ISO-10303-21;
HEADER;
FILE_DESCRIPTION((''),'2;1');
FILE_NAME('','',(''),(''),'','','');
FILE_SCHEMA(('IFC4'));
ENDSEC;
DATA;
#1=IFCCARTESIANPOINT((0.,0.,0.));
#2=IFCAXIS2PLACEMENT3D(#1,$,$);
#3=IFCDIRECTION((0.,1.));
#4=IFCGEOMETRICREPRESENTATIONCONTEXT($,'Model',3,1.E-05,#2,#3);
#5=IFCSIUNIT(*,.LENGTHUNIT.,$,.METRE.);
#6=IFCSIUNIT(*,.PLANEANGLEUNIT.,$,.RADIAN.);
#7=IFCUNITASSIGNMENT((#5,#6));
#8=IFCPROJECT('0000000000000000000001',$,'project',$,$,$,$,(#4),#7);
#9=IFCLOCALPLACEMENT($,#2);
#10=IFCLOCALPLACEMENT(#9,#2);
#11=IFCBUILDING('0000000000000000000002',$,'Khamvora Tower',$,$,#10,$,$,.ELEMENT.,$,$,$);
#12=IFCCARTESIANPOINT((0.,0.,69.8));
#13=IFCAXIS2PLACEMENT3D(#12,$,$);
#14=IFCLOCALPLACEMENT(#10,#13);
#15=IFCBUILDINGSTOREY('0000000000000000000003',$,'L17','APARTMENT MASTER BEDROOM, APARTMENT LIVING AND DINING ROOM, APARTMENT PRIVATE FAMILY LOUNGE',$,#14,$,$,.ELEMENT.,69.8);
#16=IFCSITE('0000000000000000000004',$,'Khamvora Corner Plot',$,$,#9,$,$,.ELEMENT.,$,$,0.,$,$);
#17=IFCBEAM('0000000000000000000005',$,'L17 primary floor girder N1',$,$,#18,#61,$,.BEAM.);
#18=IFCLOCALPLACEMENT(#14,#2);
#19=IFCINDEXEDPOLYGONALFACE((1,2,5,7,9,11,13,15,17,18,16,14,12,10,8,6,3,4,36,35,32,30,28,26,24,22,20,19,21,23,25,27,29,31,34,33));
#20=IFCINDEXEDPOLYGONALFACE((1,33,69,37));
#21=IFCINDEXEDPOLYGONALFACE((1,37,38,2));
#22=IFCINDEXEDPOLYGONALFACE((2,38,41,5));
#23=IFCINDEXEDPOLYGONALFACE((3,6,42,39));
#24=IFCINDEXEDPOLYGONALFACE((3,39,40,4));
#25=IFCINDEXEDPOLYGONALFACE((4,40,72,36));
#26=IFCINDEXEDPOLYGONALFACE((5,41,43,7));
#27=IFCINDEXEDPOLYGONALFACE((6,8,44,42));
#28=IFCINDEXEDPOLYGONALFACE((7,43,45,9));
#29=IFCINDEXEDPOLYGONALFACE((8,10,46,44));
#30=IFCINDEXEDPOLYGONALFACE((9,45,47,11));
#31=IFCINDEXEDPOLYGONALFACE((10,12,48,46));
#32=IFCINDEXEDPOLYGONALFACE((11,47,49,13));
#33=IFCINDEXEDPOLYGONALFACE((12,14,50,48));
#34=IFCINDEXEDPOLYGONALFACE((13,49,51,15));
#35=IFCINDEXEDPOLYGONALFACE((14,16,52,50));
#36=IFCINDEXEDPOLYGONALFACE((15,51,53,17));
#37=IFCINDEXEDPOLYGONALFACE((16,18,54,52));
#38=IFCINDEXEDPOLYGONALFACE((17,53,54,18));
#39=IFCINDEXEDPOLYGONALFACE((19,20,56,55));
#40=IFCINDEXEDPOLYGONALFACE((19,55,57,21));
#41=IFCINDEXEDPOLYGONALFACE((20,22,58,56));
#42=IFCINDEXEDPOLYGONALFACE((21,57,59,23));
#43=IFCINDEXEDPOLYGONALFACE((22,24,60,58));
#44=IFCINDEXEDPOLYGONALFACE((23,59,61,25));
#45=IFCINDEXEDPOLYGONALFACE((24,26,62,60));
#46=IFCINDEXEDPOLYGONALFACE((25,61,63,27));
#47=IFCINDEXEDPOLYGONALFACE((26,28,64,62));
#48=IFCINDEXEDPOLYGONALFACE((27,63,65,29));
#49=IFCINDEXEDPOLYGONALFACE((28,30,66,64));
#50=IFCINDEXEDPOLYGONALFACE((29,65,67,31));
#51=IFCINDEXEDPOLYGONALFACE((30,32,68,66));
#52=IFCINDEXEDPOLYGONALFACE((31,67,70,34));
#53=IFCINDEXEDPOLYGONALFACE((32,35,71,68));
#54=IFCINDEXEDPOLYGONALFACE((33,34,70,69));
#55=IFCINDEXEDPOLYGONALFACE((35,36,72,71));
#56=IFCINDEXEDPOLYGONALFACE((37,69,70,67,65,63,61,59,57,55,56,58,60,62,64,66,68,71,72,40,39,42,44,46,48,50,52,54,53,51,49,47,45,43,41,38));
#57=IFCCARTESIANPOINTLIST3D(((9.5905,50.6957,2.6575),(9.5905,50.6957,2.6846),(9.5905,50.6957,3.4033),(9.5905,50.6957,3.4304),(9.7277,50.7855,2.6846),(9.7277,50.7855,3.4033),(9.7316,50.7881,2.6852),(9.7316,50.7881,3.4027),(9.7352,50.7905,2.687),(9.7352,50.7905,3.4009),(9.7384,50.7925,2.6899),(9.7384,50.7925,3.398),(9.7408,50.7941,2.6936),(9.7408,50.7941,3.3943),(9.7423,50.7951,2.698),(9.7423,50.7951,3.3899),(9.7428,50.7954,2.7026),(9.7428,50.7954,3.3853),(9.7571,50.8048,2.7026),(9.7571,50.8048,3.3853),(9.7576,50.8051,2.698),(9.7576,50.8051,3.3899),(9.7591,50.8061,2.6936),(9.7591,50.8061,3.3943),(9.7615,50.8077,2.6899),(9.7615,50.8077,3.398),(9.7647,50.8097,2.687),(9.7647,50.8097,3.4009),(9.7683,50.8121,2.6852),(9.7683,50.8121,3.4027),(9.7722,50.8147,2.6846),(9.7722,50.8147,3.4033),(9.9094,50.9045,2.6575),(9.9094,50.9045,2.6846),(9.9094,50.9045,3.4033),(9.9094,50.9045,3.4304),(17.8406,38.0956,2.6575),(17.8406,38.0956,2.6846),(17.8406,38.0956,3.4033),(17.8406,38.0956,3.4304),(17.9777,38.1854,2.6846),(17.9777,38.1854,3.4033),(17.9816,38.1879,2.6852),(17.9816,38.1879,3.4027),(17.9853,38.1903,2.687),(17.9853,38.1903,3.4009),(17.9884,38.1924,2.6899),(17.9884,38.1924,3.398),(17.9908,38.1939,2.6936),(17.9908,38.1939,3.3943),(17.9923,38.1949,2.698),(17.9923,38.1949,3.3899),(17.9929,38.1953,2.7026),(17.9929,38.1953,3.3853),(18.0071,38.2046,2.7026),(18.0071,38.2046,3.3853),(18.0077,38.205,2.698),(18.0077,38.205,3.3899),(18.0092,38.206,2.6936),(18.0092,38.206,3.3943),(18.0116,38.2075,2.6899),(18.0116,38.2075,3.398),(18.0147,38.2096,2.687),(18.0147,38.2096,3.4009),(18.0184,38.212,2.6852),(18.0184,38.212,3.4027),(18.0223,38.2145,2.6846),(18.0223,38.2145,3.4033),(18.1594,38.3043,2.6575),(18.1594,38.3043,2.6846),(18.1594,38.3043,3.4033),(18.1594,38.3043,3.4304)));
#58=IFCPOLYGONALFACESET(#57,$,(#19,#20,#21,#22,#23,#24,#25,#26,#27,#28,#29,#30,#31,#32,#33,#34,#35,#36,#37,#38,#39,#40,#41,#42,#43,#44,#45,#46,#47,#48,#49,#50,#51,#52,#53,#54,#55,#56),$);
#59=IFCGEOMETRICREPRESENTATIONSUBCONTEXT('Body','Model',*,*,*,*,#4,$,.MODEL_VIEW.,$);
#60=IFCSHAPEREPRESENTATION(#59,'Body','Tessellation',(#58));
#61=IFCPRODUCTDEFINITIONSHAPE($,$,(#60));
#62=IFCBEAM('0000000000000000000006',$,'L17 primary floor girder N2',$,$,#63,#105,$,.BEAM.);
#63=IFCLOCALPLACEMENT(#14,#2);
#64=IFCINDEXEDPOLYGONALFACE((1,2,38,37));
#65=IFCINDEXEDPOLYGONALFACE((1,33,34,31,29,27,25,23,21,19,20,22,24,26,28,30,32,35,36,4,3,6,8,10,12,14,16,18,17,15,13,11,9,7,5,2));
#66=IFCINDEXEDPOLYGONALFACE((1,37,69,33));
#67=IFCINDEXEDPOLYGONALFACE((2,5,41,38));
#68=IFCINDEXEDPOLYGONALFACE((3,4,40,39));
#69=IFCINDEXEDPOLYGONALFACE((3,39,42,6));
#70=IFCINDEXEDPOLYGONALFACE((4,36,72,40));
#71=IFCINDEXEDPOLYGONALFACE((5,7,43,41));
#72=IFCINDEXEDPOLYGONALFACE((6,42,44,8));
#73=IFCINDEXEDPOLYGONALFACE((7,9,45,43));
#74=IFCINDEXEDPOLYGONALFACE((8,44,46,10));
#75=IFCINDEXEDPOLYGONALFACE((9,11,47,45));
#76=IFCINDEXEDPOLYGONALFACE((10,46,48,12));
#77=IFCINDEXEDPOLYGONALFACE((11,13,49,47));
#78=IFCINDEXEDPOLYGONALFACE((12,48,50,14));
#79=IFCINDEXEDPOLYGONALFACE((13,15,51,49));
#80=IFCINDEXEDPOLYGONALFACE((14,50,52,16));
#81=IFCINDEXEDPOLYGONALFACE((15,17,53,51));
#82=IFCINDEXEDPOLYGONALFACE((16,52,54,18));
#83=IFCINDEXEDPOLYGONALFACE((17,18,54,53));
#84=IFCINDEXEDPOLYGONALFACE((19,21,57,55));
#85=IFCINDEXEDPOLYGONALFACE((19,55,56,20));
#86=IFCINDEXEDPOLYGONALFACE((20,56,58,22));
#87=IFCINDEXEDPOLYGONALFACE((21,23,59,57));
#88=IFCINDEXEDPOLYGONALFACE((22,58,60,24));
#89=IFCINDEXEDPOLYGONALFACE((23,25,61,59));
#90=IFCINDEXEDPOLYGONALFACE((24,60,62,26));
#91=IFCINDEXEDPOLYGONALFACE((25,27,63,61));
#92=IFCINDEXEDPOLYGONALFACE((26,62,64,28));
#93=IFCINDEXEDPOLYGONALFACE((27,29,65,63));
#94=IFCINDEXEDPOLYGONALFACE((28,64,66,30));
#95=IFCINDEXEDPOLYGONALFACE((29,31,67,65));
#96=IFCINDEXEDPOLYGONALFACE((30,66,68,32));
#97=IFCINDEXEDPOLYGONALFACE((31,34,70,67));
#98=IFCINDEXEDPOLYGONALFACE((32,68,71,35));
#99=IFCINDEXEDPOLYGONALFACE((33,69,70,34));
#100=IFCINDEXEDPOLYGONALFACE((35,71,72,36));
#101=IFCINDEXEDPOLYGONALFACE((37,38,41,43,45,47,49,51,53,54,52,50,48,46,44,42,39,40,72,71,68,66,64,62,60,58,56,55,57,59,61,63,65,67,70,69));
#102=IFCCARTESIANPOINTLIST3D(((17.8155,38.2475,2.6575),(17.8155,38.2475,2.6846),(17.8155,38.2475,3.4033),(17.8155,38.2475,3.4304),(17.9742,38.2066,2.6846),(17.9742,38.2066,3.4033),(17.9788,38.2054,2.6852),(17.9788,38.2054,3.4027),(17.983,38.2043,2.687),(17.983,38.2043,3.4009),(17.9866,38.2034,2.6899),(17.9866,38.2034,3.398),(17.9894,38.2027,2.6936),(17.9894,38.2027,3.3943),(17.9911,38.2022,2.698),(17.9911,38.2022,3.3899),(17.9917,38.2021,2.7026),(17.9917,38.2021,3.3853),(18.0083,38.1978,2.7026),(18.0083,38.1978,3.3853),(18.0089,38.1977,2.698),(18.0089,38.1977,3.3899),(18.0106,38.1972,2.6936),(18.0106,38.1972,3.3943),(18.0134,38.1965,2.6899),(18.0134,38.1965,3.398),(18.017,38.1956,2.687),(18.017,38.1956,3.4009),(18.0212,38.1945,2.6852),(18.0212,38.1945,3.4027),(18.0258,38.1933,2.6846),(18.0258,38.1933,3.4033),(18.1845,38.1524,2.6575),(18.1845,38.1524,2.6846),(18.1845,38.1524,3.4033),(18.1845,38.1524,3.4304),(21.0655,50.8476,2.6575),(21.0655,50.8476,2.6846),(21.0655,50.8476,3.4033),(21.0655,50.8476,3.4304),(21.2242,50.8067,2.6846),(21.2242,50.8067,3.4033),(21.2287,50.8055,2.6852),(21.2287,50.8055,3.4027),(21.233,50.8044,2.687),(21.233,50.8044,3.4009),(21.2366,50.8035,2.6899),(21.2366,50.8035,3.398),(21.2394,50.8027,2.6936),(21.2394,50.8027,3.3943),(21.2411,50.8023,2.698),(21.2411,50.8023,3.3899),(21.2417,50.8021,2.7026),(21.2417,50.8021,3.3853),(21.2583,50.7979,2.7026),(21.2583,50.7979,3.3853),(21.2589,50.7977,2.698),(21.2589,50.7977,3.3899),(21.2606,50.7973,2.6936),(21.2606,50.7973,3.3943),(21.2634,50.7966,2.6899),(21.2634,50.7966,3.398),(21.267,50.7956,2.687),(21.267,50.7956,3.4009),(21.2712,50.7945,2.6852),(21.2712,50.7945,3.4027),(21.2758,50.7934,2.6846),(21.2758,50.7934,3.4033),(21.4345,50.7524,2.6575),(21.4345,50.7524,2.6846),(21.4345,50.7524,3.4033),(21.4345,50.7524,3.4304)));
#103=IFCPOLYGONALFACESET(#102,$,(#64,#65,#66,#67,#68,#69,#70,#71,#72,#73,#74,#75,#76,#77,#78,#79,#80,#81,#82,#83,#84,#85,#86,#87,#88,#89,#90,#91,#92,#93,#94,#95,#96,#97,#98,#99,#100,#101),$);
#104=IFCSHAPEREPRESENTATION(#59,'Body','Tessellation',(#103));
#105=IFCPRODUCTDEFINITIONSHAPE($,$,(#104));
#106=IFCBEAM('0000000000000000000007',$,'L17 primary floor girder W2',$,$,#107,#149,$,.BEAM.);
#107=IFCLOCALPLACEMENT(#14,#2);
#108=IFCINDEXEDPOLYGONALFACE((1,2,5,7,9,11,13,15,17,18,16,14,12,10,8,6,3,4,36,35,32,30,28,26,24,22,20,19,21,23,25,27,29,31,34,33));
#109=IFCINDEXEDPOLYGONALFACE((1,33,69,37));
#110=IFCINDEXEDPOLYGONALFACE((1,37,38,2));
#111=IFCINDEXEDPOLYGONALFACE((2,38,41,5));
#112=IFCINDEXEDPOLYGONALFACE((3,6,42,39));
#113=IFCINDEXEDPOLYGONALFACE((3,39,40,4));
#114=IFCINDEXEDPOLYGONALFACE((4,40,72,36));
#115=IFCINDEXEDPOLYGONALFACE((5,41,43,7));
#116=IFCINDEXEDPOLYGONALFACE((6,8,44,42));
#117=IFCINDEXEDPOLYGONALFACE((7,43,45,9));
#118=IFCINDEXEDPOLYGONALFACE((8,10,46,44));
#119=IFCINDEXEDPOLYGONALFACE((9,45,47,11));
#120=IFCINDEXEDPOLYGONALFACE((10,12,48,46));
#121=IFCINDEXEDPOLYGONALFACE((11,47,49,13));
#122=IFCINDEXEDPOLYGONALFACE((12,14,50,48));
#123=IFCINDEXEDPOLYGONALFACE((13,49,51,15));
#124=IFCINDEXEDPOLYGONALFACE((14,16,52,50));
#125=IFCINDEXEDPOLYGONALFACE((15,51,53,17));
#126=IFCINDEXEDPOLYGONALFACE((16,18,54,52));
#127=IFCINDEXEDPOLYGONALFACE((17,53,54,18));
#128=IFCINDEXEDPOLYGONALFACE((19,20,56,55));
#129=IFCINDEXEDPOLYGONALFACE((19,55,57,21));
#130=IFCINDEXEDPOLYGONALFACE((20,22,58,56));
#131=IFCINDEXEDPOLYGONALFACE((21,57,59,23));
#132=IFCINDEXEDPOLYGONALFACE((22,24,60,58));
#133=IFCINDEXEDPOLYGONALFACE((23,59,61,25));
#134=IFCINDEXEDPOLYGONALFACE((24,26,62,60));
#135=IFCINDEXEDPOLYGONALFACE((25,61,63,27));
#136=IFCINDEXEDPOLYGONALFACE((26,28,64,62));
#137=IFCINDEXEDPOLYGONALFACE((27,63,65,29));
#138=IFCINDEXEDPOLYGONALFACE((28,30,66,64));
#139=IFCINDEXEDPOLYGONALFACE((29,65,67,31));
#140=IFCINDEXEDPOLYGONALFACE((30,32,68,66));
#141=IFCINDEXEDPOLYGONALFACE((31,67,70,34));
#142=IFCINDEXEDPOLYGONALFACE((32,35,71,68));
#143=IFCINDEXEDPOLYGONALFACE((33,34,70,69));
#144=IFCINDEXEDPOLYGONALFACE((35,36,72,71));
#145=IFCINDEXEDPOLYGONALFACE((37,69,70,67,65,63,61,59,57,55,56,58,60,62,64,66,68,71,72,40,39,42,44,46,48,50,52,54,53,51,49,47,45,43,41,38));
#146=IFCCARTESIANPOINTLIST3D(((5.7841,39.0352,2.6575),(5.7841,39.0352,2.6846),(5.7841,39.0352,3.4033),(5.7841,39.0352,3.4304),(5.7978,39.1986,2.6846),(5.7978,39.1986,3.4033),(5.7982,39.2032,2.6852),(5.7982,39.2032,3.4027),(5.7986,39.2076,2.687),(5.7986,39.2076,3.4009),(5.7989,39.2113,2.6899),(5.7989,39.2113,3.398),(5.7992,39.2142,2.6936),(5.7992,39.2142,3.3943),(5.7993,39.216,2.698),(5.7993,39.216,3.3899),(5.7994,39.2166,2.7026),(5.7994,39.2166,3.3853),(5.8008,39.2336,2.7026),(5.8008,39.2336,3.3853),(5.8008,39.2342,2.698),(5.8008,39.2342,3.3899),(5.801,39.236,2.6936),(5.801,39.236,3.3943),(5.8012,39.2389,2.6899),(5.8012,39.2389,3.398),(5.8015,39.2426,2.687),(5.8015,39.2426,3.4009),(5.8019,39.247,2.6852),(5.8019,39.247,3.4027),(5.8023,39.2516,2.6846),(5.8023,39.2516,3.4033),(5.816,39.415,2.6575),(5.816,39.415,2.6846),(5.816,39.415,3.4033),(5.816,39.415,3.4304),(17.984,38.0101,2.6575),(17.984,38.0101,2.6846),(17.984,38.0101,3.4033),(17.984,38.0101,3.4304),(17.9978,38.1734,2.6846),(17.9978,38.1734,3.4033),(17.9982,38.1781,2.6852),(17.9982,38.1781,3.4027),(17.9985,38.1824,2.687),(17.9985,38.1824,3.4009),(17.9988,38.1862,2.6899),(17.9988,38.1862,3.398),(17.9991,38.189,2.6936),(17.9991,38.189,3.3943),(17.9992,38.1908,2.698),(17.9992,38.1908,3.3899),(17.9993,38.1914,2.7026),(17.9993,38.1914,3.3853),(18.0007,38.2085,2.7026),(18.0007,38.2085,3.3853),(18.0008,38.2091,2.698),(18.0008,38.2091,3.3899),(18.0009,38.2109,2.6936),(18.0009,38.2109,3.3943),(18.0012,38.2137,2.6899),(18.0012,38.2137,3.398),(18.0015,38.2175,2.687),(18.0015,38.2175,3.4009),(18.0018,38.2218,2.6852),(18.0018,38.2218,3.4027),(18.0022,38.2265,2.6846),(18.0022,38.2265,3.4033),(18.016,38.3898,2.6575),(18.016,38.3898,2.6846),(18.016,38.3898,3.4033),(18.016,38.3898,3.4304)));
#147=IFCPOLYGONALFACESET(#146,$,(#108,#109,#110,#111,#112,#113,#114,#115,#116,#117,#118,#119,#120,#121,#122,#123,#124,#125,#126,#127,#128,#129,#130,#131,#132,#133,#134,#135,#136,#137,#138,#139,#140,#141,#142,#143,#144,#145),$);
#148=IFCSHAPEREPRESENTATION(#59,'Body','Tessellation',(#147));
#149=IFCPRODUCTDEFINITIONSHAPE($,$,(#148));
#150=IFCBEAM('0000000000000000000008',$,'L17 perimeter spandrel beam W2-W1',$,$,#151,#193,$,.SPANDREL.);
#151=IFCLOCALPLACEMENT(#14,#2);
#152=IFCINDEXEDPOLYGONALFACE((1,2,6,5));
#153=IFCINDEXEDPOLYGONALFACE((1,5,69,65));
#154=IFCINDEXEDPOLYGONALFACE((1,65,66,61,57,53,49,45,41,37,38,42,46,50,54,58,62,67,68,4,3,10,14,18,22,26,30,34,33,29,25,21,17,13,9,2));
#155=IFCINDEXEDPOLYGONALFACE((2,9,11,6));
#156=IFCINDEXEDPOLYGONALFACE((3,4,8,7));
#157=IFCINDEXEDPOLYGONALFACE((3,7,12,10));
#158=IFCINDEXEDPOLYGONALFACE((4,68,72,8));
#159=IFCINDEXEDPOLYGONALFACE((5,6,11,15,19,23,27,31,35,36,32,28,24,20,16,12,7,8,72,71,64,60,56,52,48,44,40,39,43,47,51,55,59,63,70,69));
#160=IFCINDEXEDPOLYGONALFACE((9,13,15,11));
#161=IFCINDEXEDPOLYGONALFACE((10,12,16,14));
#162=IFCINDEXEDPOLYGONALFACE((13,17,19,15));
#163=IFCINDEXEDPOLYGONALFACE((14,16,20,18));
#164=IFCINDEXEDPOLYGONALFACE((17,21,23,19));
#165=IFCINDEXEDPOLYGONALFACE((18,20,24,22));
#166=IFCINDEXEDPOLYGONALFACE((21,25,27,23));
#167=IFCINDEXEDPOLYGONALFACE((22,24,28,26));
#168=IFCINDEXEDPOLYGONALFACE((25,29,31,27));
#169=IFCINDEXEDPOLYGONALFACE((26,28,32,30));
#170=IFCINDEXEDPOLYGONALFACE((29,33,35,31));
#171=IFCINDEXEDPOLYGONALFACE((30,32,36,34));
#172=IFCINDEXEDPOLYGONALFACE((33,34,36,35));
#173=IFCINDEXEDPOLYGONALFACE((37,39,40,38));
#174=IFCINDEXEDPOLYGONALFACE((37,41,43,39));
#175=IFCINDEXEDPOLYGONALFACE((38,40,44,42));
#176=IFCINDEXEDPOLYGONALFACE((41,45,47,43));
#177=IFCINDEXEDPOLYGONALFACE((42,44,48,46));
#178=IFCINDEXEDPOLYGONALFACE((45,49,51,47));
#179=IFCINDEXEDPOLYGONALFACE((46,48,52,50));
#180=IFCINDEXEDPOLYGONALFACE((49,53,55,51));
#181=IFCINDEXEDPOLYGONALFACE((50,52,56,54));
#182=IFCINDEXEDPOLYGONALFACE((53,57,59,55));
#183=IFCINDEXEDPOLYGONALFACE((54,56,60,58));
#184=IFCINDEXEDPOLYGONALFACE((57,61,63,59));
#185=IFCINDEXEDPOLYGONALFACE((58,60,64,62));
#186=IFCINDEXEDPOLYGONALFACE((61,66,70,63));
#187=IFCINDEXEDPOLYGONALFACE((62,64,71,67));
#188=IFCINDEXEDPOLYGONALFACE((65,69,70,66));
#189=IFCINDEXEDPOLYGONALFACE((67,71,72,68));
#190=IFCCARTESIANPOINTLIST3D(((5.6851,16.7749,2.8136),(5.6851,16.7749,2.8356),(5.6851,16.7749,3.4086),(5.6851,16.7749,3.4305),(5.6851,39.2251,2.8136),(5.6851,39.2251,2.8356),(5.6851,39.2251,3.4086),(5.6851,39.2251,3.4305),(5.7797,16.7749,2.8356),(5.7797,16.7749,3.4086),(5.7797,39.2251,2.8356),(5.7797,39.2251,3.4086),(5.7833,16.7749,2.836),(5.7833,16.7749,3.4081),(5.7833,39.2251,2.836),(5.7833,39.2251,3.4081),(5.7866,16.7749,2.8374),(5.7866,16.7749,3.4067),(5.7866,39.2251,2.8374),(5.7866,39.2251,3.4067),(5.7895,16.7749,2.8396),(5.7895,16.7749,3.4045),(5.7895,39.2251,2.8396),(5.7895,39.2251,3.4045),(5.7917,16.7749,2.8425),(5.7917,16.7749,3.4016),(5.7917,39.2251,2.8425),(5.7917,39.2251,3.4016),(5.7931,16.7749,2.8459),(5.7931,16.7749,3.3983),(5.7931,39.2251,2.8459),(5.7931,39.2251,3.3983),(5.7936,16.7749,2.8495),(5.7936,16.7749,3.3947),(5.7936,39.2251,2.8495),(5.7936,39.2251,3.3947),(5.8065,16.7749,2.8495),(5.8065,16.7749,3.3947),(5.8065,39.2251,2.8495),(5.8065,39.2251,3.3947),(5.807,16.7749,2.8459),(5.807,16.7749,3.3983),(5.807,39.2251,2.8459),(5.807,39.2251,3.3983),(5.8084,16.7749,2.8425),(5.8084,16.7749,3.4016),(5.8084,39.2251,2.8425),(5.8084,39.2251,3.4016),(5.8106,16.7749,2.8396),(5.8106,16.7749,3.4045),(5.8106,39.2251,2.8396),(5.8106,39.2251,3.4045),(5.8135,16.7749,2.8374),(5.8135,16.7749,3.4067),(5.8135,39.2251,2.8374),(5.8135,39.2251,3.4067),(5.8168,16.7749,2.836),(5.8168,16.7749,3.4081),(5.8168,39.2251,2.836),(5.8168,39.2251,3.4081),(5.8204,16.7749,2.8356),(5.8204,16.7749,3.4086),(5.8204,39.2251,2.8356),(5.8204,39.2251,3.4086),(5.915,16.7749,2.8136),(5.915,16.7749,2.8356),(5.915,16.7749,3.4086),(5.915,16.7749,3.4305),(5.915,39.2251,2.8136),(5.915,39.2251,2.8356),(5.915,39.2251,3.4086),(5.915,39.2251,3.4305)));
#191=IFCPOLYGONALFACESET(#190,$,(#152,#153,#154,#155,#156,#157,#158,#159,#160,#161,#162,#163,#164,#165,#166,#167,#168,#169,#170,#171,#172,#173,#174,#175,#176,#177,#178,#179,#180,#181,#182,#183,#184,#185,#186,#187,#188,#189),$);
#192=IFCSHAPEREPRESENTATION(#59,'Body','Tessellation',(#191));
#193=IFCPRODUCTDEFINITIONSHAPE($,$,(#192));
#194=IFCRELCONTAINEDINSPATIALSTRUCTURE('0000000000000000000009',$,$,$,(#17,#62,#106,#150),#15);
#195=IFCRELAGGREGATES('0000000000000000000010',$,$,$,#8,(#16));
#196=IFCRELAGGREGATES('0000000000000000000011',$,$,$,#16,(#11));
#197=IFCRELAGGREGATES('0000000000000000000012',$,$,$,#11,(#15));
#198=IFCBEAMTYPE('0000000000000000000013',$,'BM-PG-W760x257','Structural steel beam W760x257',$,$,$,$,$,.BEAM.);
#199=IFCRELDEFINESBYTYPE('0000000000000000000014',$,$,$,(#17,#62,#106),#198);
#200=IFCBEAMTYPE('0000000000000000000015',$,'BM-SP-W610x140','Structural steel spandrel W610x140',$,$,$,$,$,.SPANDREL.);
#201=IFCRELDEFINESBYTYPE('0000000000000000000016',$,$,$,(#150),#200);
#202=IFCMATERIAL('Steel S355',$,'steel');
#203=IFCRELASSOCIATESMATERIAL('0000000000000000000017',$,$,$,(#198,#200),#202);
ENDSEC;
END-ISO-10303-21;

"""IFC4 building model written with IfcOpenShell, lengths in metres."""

from ifc_helpers import new_model, si_unit, direction, frame, origin, origin_2d, place, context, subcontext, project, spatial, i_section, extrude, material, material_profile, profile_set, type_object, element, save


model = new_model("IFC4")

# Units and contexts
model_context = context("Model", 3, precision=1e-05, world=origin(), true_north=direction((0.0, 1.0)))
body_context = subcontext(model_context, "Body", "Model", "MODEL_VIEW")
ifc_project = project(units=[si_unit("LENGTHUNIT", "METRE"), si_unit("PLANEANGLEUNIT", "RADIAN")], contexts=[model_context])

# Site, building, storey
site_placement = place(None, origin())
site = spatial("IfcSite", under=ifc_project, at=site_placement, Name="Khamvora Corner Plot", CompositionType="ELEMENT", RefElevation=0.0)
building_placement = place(site_placement, origin())
building = spatial("IfcBuilding", under=site, at=building_placement, Name="Khamvora Tower", CompositionType="ELEMENT")
storey_placement = place(building_placement, frame((0.0, 0.0, 69.8)))
storey = spatial("IfcBuildingStorey", under=building, at=storey_placement, Name="L17", Description="APARTMENT MASTER BEDROOM, APARTMENT LIVING AND DINING ROOM, APARTMENT PRIVATE FAMILY LOUNGE", CompositionType="ELEMENT", Elevation=69.8)

# Beams
ifc_material_1 = material(Name="Steel S355", Category="steel")
ifc_material_profile_1 = material_profile(ifc_material_1, i_section(OverallWidth=0.3811, OverallDepth=0.7729, WebThickness=0.0171, FlangeThickness=0.0271, FilletRadius=0.0181, at=origin_2d()), Name="W760x257")
ifc_profile_set_1 = profile_set([ifc_material_profile_1], Name="Steel S355")
beam_type_1 = type_object("IfcBeamType", Name="BM-PG-W760x257", Description="Structural steel beam W760x257", PredefinedType="BEAM", material=ifc_profile_set_1)
beam_1_placement = place(storey_placement, frame((18.0, 38.2, 3.0439), z_axis=(-0.547783, 0.83662, 0.0), x_axis=(-0.83662, -0.547783, 0.0)))
element("IfcBeam", 1, at=beam_1_placement, inside=storey, type_object=beam_type_1, Name="L17 primary floor girder N1", PredefinedType="BEAM", context=body_context, shape_type="SweptSolid", body=[
    extrude(i_section(OverallWidth=0.3811, OverallDepth=0.7729, WebThickness=0.0171, FlangeThickness=0.0271, FilletRadius=0.0181, at=origin_2d()), origin(), (0.0, 0.0, 1.0), 15.0608),
])
beam_2_placement = place(storey_placement, frame((18.0, 38.2, 3.0439), z_axis=(0.24976, 0.968308, 0.0), x_axis=(-0.968308, 0.24976, 0.0)))
element("IfcBeam", 2, at=beam_2_placement, inside=storey, type_object=beam_type_1, Name="L17 primary floor girder N2", PredefinedType="BEAM", context=body_context, shape_type="SweptSolid", body=[
    extrude(i_section(OverallWidth=0.3811, OverallDepth=0.7729, WebThickness=0.0171, FlangeThickness=0.0271, FilletRadius=0.0181, at=origin_2d()), origin(), (0.0, 0.0, 1.0), 13.0125),
])
beam_3_placement = place(storey_placement, frame((18.0, 38.2, 3.0439), z_axis=(-0.996488, 0.083734, 0.0), x_axis=(-0.083734, -0.996488, 0.0)))
element("IfcBeam", 3, at=beam_3_placement, inside=storey, type_object=beam_type_1, Name="L17 primary floor girder W2", PredefinedType="BEAM", context=body_context, shape_type="SweptSolid", body=[
    extrude(i_section(OverallWidth=0.3811, OverallDepth=0.7729, WebThickness=0.0171, FlangeThickness=0.0271, FilletRadius=0.0181, at=origin_2d()), origin(), (0.0, 0.0, 1.0), 12.2429),
])
ifc_material_profile_2 = material_profile(ifc_material_1, i_section(OverallWidth=0.23, OverallDepth=0.6169, WebThickness=0.0129, FlangeThickness=0.022, FilletRadius=0.0139, at=origin_2d()), Name="W610x140")
ifc_profile_set_2 = profile_set([ifc_material_profile_2], Name="Steel S355")
beam_type_2 = type_object("IfcBeamType", Name="BM-SP-W610x140", Description="Structural steel spandrel W610x140", PredefinedType="SPANDREL", material=ifc_profile_set_2)
beam_4_placement = place(storey_placement, frame((5.8, 39.2251, 3.1221), z_axis=(0.0, -1.0, 0.0), x_axis=(1.0, 0.0, 0.0)))
element("IfcBeam", 4, at=beam_4_placement, inside=storey, type_object=beam_type_2, Name="L17 perimeter spandrel beam W2-W1", PredefinedType="SPANDREL", context=body_context, shape_type="SweptSolid", body=[
    extrude(i_section(OverallWidth=0.23, OverallDepth=0.6169, WebThickness=0.0129, FlangeThickness=0.022, FilletRadius=0.0139, at=origin_2d()), origin(), (0.0, 0.0, 1.0), 22.4502),
])

save(model, "model.ifc")
